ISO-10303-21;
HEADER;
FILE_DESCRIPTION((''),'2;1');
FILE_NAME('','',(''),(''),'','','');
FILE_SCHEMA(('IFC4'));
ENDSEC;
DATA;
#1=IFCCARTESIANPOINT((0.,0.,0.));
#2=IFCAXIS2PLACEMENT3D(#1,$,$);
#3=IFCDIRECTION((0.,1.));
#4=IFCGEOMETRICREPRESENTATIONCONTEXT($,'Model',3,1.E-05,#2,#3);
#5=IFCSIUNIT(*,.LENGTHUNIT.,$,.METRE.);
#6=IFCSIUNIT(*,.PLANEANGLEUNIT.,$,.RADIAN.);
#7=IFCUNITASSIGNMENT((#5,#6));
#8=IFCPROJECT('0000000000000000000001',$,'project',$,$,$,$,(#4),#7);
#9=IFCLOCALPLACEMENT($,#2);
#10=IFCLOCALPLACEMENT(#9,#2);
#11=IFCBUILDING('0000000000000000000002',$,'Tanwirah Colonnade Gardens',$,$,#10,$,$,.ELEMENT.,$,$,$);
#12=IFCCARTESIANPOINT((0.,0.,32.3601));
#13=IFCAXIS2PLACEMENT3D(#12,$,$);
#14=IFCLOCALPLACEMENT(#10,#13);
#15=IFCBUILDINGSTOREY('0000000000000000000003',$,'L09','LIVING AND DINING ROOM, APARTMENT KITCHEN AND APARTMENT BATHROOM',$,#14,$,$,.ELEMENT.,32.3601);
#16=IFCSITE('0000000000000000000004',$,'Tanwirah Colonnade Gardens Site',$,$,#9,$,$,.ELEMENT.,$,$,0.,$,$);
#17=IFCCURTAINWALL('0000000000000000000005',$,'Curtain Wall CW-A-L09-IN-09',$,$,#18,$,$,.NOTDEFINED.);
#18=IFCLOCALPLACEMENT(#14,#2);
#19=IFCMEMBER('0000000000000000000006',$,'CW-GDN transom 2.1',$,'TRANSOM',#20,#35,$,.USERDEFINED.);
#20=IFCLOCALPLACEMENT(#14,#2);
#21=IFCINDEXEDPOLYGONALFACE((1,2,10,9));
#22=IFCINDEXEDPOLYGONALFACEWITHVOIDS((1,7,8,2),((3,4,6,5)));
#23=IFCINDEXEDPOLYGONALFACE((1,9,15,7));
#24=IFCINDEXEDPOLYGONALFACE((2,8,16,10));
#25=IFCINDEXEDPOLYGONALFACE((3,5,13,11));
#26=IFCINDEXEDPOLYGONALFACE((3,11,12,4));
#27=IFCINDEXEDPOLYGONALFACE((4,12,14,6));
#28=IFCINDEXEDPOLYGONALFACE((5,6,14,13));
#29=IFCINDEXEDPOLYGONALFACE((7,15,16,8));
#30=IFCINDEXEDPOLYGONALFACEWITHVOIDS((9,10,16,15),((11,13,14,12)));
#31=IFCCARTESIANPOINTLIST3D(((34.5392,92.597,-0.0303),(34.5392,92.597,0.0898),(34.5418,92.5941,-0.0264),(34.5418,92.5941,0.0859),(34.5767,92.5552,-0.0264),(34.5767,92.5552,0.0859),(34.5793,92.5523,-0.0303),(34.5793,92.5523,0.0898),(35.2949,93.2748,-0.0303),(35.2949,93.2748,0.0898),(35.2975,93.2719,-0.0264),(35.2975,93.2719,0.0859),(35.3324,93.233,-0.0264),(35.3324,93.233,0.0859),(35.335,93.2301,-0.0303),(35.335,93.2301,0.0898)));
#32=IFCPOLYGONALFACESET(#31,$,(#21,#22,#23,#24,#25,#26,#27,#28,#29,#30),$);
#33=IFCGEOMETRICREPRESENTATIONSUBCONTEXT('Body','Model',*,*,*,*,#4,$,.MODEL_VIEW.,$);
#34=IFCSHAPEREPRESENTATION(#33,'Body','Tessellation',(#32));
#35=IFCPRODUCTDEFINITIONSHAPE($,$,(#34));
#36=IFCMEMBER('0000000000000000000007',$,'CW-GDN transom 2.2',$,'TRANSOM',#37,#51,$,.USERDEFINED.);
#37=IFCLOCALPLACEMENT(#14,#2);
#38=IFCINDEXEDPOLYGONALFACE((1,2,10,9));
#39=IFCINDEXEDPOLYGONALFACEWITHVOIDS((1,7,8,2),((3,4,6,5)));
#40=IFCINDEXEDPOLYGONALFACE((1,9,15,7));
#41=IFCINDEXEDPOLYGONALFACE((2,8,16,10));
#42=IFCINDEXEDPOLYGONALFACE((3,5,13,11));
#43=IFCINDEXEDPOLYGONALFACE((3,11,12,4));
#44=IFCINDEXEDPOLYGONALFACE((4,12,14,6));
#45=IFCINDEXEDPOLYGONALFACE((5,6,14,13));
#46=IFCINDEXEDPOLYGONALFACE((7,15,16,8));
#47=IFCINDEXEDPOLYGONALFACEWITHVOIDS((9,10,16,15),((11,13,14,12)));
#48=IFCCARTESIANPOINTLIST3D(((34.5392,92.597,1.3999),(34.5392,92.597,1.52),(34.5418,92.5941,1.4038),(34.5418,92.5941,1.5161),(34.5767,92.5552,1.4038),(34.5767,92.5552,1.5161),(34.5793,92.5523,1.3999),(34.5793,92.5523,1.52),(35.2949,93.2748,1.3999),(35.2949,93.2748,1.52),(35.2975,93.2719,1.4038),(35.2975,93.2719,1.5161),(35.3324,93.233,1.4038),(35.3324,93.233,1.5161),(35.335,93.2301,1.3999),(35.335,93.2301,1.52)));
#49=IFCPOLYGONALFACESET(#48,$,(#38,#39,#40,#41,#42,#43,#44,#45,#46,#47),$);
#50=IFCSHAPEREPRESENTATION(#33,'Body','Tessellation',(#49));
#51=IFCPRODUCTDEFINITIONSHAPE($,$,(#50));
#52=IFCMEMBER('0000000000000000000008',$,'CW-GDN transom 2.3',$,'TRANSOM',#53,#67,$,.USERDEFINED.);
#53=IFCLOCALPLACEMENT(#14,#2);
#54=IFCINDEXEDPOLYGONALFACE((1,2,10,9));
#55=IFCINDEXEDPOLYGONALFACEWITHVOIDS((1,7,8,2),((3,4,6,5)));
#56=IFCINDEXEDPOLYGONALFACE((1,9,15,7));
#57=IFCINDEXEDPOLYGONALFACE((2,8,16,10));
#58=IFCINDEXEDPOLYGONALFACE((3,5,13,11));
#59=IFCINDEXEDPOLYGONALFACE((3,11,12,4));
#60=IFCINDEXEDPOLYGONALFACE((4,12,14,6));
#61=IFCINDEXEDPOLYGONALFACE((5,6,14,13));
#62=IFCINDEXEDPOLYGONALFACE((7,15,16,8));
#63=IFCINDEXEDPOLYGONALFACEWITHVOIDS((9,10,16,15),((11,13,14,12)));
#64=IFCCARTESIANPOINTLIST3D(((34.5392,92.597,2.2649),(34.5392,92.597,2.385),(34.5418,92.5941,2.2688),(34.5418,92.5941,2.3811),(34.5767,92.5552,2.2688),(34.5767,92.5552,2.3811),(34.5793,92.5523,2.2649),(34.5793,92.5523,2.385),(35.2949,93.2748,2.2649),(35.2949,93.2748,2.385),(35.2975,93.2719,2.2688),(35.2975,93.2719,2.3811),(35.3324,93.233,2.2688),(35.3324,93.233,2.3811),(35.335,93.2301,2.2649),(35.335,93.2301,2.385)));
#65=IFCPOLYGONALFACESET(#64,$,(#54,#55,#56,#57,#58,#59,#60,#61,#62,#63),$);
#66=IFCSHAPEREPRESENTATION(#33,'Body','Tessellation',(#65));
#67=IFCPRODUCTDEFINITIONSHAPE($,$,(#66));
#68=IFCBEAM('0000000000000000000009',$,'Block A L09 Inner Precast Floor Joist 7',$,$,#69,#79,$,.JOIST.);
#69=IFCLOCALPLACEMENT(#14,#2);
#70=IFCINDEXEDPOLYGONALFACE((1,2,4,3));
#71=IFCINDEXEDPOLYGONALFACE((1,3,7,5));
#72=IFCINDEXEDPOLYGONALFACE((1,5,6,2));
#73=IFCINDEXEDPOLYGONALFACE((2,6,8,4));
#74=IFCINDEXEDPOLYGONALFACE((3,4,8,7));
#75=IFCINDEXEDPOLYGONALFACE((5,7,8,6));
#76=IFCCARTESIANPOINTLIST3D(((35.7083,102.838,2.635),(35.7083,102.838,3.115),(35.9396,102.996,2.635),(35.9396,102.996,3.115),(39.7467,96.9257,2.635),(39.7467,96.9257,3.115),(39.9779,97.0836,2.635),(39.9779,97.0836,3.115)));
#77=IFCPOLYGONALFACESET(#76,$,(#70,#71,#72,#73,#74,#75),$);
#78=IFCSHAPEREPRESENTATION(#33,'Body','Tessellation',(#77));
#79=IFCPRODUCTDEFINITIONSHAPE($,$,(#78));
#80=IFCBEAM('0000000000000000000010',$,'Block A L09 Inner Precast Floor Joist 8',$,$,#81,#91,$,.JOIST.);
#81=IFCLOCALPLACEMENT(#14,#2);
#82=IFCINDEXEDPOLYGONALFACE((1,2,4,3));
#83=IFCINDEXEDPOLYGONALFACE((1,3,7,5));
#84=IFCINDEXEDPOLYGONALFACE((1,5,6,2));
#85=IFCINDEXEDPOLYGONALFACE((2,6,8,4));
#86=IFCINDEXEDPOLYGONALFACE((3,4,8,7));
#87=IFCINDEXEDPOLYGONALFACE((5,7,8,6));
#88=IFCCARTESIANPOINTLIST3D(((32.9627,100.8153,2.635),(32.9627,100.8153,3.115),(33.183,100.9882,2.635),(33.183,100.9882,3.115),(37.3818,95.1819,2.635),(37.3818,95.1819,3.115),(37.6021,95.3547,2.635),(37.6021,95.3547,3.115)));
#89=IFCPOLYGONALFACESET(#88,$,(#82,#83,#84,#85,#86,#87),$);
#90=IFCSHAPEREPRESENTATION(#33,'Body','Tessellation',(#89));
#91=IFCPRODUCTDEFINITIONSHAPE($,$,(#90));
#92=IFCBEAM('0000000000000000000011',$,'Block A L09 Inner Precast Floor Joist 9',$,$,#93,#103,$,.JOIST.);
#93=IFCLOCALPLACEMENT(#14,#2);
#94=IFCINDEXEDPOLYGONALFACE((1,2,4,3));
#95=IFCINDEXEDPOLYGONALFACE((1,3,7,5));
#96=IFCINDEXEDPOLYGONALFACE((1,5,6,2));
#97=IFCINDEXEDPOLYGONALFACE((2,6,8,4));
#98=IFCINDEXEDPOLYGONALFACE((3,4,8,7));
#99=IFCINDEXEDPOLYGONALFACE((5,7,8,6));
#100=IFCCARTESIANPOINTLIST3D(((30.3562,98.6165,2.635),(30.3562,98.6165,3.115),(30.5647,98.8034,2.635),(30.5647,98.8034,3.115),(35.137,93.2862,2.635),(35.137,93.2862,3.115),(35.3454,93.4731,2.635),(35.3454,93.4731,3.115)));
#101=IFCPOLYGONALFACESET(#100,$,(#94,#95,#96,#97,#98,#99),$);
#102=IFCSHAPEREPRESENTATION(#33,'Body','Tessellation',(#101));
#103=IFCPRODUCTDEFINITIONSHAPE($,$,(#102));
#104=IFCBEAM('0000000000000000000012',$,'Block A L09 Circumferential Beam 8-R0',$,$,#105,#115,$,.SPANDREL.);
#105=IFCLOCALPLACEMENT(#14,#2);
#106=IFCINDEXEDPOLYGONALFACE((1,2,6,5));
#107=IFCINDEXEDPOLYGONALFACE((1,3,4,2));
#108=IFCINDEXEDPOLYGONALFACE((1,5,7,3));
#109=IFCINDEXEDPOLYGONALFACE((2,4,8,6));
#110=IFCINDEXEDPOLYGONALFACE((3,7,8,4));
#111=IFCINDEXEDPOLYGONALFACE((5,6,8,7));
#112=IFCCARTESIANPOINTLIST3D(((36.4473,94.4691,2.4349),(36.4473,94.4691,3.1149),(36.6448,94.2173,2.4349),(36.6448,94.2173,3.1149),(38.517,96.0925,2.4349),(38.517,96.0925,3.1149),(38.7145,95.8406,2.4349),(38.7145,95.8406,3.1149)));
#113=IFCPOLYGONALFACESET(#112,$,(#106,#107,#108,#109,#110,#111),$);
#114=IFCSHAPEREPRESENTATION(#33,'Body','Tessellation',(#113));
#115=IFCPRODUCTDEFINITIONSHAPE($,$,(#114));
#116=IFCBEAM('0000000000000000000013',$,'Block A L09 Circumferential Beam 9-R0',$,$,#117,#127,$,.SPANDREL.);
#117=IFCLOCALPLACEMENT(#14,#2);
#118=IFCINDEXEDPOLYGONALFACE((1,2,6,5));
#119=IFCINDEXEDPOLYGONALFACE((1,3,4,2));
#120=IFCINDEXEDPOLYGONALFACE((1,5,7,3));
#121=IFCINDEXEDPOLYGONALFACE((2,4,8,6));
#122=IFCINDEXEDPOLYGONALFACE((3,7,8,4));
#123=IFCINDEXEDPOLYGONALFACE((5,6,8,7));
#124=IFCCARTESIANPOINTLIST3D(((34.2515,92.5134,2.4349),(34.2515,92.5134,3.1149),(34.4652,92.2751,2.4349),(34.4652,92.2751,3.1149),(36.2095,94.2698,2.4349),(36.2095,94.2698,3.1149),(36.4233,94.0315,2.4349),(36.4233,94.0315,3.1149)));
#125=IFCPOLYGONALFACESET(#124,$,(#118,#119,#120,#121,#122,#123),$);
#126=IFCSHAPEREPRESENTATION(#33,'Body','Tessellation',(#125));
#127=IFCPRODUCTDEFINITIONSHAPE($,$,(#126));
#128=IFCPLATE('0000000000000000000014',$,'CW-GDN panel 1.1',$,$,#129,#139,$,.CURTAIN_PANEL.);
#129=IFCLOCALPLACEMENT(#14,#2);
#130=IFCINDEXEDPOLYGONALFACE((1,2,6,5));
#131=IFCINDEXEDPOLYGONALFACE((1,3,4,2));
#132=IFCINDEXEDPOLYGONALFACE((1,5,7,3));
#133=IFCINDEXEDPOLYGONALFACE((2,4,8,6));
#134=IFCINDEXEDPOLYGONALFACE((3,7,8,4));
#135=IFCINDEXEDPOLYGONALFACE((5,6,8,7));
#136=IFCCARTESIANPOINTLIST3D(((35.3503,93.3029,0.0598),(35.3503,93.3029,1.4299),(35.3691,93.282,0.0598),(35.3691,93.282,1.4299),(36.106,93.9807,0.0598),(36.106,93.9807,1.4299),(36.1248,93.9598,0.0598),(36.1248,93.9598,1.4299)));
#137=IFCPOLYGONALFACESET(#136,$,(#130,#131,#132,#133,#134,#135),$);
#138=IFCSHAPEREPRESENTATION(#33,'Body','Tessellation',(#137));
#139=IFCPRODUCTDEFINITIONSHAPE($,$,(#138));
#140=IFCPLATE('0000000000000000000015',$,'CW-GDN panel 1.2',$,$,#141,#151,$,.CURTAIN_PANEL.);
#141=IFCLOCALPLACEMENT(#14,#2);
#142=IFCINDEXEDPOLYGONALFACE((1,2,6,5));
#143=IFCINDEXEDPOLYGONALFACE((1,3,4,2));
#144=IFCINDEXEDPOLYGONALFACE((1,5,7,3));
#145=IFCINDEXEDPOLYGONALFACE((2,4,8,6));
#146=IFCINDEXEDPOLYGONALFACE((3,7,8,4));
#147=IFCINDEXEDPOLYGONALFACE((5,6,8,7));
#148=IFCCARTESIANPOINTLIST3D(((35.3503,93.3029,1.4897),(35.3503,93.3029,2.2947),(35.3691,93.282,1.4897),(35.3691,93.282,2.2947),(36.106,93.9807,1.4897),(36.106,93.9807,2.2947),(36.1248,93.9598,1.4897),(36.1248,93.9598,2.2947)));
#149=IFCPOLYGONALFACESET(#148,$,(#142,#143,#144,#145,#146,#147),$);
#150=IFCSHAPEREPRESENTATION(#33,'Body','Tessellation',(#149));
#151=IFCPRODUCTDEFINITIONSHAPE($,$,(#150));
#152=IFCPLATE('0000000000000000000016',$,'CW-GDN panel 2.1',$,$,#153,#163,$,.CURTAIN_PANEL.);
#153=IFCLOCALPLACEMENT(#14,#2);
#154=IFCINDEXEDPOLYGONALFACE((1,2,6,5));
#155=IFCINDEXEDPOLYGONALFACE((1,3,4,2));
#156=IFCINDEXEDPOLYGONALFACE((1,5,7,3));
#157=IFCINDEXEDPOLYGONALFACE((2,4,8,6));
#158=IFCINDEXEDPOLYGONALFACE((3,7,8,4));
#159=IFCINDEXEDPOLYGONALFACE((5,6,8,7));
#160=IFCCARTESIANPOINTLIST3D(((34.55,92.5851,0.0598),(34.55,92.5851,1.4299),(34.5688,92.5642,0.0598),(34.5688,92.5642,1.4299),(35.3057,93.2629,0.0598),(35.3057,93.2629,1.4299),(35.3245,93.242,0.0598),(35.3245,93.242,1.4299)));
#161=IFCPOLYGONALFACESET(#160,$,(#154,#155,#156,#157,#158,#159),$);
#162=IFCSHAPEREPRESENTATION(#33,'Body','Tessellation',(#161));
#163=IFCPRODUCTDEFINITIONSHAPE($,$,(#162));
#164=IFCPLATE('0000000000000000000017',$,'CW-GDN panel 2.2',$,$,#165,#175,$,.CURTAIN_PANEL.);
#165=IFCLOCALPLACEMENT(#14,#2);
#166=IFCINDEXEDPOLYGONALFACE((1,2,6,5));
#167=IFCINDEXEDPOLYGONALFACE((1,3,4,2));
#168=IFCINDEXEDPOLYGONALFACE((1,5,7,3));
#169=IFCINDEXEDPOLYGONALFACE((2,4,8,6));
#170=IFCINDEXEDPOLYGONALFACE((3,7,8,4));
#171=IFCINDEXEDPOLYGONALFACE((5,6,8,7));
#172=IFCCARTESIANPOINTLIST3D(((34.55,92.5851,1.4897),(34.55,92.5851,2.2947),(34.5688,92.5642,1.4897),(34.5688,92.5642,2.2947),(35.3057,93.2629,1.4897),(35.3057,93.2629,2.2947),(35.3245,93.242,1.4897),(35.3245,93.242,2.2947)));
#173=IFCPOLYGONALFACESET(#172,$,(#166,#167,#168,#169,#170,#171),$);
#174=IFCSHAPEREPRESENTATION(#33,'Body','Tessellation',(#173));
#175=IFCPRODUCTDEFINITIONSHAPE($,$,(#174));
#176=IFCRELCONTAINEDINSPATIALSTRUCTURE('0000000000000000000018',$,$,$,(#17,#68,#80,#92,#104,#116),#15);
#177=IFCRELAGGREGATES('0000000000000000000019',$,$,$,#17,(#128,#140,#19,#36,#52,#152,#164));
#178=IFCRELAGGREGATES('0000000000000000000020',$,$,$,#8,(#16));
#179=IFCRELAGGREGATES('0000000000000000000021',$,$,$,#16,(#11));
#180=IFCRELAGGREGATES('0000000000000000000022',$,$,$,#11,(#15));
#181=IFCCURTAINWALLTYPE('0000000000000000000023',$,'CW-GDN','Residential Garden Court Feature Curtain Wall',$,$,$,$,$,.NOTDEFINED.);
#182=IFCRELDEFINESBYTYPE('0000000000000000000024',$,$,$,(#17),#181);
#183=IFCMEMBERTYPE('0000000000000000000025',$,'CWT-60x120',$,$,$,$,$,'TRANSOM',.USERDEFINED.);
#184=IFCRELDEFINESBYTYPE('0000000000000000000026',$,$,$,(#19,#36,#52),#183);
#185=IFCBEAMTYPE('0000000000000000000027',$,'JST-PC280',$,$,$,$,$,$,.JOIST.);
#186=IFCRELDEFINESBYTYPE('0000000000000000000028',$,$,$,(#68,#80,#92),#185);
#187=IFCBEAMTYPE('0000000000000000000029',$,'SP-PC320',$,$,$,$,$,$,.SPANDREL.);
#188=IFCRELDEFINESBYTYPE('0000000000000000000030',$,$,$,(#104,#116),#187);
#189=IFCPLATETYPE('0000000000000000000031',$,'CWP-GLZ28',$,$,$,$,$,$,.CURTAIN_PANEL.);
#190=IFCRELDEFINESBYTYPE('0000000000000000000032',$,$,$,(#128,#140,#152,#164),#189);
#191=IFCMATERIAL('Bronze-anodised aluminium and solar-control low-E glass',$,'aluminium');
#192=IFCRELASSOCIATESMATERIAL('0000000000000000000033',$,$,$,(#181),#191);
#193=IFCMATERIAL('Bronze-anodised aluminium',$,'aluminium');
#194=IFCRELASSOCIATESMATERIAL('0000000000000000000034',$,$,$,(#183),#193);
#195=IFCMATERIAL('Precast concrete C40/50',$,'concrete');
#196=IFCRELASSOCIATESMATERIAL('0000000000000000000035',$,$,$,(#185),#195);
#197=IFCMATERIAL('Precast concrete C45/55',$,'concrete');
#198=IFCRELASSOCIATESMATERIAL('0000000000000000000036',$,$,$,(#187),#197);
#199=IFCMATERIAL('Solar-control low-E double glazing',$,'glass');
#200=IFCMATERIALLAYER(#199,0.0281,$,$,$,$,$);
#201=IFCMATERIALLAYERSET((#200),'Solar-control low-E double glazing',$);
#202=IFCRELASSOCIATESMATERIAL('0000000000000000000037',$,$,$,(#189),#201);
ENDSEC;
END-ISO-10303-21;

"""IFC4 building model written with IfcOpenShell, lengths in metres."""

from ifc_helpers import new_model, si_unit, direction, frame, origin, origin_2d, place, context, subcontext, project, spatial, rectangle, hollow_rectangle, extrude, material, layer, layer_set, material_profile, profile_set, type_object, element, aggregate, save


model = new_model("IFC4")

# Units and contexts
model_context = context("Model", 3, precision=1e-05, world=origin(), true_north=direction((0.0, 1.0)))
body_context = subcontext(model_context, "Body", "Model", "MODEL_VIEW")
ifc_project = project(units=[si_unit("LENGTHUNIT", "METRE"), si_unit("PLANEANGLEUNIT", "RADIAN")], contexts=[model_context])

# Site, building, storey
site_placement = place(None, origin())
site = spatial("IfcSite", under=ifc_project, at=site_placement, Name="Tanwirah Colonnade Gardens Site", CompositionType="ELEMENT", RefElevation=0.0)
building_placement = place(site_placement, origin())
building = spatial("IfcBuilding", under=site, at=building_placement, Name="Tanwirah Colonnade Gardens", CompositionType="ELEMENT")
storey_placement = place(building_placement, frame((0.0, 0.0, 32.3601)))
storey = spatial("IfcBuildingStorey", under=building, at=storey_placement, Name="L09", Description="LIVING AND DINING ROOM, APARTMENT KITCHEN AND APARTMENT BATHROOM", CompositionType="ELEMENT", Elevation=32.3601)

# Shared definitions
ifc_material_1 = material(Name="Precast concrete C40/50", Category="concrete")

# Shared definitions
ifc_material_2 = material(Name="Precast concrete C45/55", Category="concrete")

# Curtain wall, members
ifc_material_3 = material(Name="Bronze-anodised aluminium and solar-control low-E glass", Category="aluminium")
curtain_wall_type = type_object("IfcCurtainWallType", Name="CW-GDN", Description="Residential Garden Court Feature Curtain Wall", PredefinedType="NOTDEFINED", material=ifc_material_3)
curtain_wall_placement = place(storey_placement, origin())
curtain_wall = element("IfcCurtainWall", 1, at=curtain_wall_placement, inside=storey, type_object=curtain_wall_type, Name="Curtain Wall CW-A-L09-IN-09", PredefinedType="NOTDEFINED")
ifc_material_4 = material(Name="Bronze-anodised aluminium", Category="aluminium")
ifc_material_profile_1 = material_profile(ifc_material_4, hollow_rectangle(XDim=0.0601, YDim=0.1201, WallThickness=0.0039, at=origin_2d()), Name="CW-TRN 60x120x4")
ifc_profile_set_1 = profile_set([ifc_material_profile_1], Name="Bronze-anodised aluminium")
member_type_1 = type_object("IfcMemberType", Name="CWT-60x120", ElementType="TRANSOM", PredefinedType="USERDEFINED", material=ifc_profile_set_1)
member_1_placement = place(storey_placement, frame((35.3149, 93.2524, 0.0298), z_axis=(-0.744429, -0.667701, 0.0), x_axis=(0.667701, -0.744429, 0.0)))
member_1 = element("IfcMember", 2, at=member_1_placement, type_object=member_type_1, Name="CW-GDN transom 2.1", ObjectType="TRANSOM", PredefinedType="USERDEFINED", context=body_context, shape_type="SweptSolid", body=[
    extrude(hollow_rectangle(XDim=0.0601, YDim=0.1201, WallThickness=0.0039, at=origin_2d()), origin(), (0.0, 0.0, 1.0), 1.0151),
])
member_2_placement = place(storey_placement, frame((35.3149, 93.2524, 1.46), z_axis=(-0.744429, -0.667701, 0.0), x_axis=(0.667701, -0.744429, 0.0)))
member_2 = element("IfcMember", 3, at=member_2_placement, type_object=member_type_1, Name="CW-GDN transom 2.2", ObjectType="TRANSOM", PredefinedType="USERDEFINED", context=body_context, shape_type="SweptSolid", body=[
    extrude(hollow_rectangle(XDim=0.0601, YDim=0.1201, WallThickness=0.0039, at=origin_2d()), origin(), (0.0, 0.0, 1.0), 1.0151),
])
member_3_placement = place(storey_placement, frame((35.3149, 93.2524, 2.325), z_axis=(-0.744429, -0.667701, 0.0), x_axis=(0.667701, -0.744429, 0.0)))
member_3 = element("IfcMember", 4, at=member_3_placement, type_object=member_type_1, Name="CW-GDN transom 2.3", ObjectType="TRANSOM", PredefinedType="USERDEFINED", context=body_context, shape_type="SweptSolid", body=[
    extrude(hollow_rectangle(XDim=0.0601, YDim=0.1201, WallThickness=0.0039, at=origin_2d()), origin(), (0.0, 0.0, 1.0), 1.0151),
])

# Beams
ifc_material_profile_2 = material_profile(ifc_material_1, rectangle(XDim=0.28, YDim=0.48, at=origin_2d()), Name="PC-JST 280x480")
ifc_profile_set_2 = profile_set([ifc_material_profile_2], Name="Precast concrete C40/50")
beam_type_1 = type_object("IfcBeamType", Name="JST-PC280", PredefinedType="JOIST", material=ifc_profile_set_2)
for number, where, z_axis, x_axis, name in (
    (5, (39.8623, 97.0046, 2.875), (-0.564021, 0.82576, 0.0), (-0.82576, -0.564021, 0.0), "Block A L09 Inner Precast Floor Joist 7"),
    (6, (37.4919, 95.2683, 2.875), (-0.617202, 0.786804, 0.0), (-0.786804, -0.617202, 0.0), "Block A L09 Inner Precast Floor Joist 8"),
):
    element("IfcBeam", number, at=place(storey_placement, frame(where, z_axis=z_axis, x_axis=x_axis)), inside=storey, type_object=beam_type_1, Name=name, PredefinedType="JOIST", context=body_context, shape_type="SweptSolid", body=[
        extrude(rectangle(XDim=0.28, YDim=0.48, at=origin_2d()), origin(), (0.0, 0.0, 1.0), 7.1599),
    ])
beam_1_placement = place(storey_placement, frame((35.2412, 93.3796, 2.875), z_axis=(-0.667688, 0.744441, 0.0), x_axis=(-0.744441, -0.667688, 0.0)))
element("IfcBeam", 7, at=beam_1_placement, inside=storey, type_object=beam_type_1, Name="Block A L09 Inner Precast Floor Joist 9", PredefinedType="JOIST", context=body_context, shape_type="SweptSolid", body=[
    extrude(rectangle(XDim=0.28, YDim=0.48, at=origin_2d()), origin(), (0.0, 0.0, 1.0), 7.1602),
])
ifc_material_profile_3 = material_profile(ifc_material_2, rectangle(XDim=0.3201, YDim=0.6799, at=origin_2d()), Name="PC-SP 320x680")
ifc_profile_set_3 = profile_set([ifc_material_profile_3], Name="Precast concrete C45/55")
beam_type_2 = type_object("IfcBeamType", Name="SP-PC320", PredefinedType="SPANDREL", material=ifc_profile_set_3)
for number, where, z_axis, x_axis, name in (
    (8, (38.6157, 95.9666, 2.7749), (-0.786837, -0.617161, 0.0), (0.617161, -0.786837, 0.0), "Block A L09 Circumferential Beam 8-R0"),
    (9, (36.3164, 94.1506, 2.7749), (-0.744401, -0.667733, 0.0), (0.667733, -0.744401, 0.0), "Block A L09 Circumferential Beam 9-R0"),
):
    element("IfcBeam", number, at=place(storey_placement, frame(where, z_axis=z_axis, x_axis=x_axis)), inside=storey, type_object=beam_type_2, Name=name, PredefinedType="SPANDREL", context=body_context, shape_type="SweptSolid", body=[
        extrude(rectangle(XDim=0.3201, YDim=0.6799, at=origin_2d()), origin(), (0.0, 0.0, 1.0), 2.6304),
    ])

# Plates
ifc_material_5 = material(Name="Solar-control low-E double glazing", Category="glass")
ifc_layer_1 = layer(ifc_material_5, 0.0281)
ifc_layer_set_1 = layer_set([ifc_layer_1], Name="Solar-control low-E double glazing")
plate_type = type_object("IfcPlateType", Name="CWP-GLZ28", PredefinedType="CURTAIN_PANEL", material=ifc_layer_set_1)
plate_1_placement = place(storey_placement, frame((35.7375, 93.6313, 0.0598), z_axis=(0.0, 0.0, 1.0), x_axis=(-0.74444, -0.667689, 0.0)))
plate_1 = element("IfcPlate", 10, at=plate_1_placement, type_object=plate_type, Name="CW-GDN panel 1.1", PredefinedType="CURTAIN_PANEL", context=body_context, shape_type="SweptSolid", body=[
    extrude(rectangle(XDim=1.0151, YDim=0.0281, at=origin_2d()), origin(), (0.0, 0.0, 1.0), 1.3701),
])
plate_2_placement = place(storey_placement, frame((35.7375, 93.6313, 1.4897), z_axis=(0.0, 0.0, 1.0), x_axis=(-0.74444, -0.667689, 0.0)))
plate_2 = element("IfcPlate", 11, at=plate_2_placement, type_object=plate_type, Name="CW-GDN panel 1.2", PredefinedType="CURTAIN_PANEL", context=body_context, shape_type="SweptSolid", body=[
    extrude(rectangle(XDim=1.0151, YDim=0.0281, at=origin_2d()), origin(), (0.0, 0.0, 1.0), 0.8049),
])
plate_3_placement = place(storey_placement, frame((34.9373, 92.9136, 0.0598), z_axis=(0.0, 0.0, 1.0), x_axis=(-0.74444, -0.667689, 0.0)))
plate_3 = element("IfcPlate", 12, at=plate_3_placement, type_object=plate_type, Name="CW-GDN panel 2.1", PredefinedType="CURTAIN_PANEL", context=body_context, shape_type="SweptSolid", body=[
    extrude(rectangle(XDim=1.0151, YDim=0.0281, at=origin_2d()), origin(), (0.0, 0.0, 1.0), 1.3701),
])
plate_4_placement = place(storey_placement, frame((34.9373, 92.9136, 1.4897), z_axis=(0.0, 0.0, 1.0), x_axis=(-0.74444, -0.667689, 0.0)))
plate_4 = element("IfcPlate", 13, at=plate_4_placement, type_object=plate_type, Name="CW-GDN panel 2.2", PredefinedType="CURTAIN_PANEL", context=body_context, shape_type="SweptSolid", body=[
    extrude(rectangle(XDim=1.0151, YDim=0.0281, at=origin_2d()), origin(), (0.0, 0.0, 1.0), 0.8049),
])
aggregate(curtain_wall, [plate_1, plate_2, member_1, member_2, member_3, plate_3, plate_4])

save(model, "model.ifc")
